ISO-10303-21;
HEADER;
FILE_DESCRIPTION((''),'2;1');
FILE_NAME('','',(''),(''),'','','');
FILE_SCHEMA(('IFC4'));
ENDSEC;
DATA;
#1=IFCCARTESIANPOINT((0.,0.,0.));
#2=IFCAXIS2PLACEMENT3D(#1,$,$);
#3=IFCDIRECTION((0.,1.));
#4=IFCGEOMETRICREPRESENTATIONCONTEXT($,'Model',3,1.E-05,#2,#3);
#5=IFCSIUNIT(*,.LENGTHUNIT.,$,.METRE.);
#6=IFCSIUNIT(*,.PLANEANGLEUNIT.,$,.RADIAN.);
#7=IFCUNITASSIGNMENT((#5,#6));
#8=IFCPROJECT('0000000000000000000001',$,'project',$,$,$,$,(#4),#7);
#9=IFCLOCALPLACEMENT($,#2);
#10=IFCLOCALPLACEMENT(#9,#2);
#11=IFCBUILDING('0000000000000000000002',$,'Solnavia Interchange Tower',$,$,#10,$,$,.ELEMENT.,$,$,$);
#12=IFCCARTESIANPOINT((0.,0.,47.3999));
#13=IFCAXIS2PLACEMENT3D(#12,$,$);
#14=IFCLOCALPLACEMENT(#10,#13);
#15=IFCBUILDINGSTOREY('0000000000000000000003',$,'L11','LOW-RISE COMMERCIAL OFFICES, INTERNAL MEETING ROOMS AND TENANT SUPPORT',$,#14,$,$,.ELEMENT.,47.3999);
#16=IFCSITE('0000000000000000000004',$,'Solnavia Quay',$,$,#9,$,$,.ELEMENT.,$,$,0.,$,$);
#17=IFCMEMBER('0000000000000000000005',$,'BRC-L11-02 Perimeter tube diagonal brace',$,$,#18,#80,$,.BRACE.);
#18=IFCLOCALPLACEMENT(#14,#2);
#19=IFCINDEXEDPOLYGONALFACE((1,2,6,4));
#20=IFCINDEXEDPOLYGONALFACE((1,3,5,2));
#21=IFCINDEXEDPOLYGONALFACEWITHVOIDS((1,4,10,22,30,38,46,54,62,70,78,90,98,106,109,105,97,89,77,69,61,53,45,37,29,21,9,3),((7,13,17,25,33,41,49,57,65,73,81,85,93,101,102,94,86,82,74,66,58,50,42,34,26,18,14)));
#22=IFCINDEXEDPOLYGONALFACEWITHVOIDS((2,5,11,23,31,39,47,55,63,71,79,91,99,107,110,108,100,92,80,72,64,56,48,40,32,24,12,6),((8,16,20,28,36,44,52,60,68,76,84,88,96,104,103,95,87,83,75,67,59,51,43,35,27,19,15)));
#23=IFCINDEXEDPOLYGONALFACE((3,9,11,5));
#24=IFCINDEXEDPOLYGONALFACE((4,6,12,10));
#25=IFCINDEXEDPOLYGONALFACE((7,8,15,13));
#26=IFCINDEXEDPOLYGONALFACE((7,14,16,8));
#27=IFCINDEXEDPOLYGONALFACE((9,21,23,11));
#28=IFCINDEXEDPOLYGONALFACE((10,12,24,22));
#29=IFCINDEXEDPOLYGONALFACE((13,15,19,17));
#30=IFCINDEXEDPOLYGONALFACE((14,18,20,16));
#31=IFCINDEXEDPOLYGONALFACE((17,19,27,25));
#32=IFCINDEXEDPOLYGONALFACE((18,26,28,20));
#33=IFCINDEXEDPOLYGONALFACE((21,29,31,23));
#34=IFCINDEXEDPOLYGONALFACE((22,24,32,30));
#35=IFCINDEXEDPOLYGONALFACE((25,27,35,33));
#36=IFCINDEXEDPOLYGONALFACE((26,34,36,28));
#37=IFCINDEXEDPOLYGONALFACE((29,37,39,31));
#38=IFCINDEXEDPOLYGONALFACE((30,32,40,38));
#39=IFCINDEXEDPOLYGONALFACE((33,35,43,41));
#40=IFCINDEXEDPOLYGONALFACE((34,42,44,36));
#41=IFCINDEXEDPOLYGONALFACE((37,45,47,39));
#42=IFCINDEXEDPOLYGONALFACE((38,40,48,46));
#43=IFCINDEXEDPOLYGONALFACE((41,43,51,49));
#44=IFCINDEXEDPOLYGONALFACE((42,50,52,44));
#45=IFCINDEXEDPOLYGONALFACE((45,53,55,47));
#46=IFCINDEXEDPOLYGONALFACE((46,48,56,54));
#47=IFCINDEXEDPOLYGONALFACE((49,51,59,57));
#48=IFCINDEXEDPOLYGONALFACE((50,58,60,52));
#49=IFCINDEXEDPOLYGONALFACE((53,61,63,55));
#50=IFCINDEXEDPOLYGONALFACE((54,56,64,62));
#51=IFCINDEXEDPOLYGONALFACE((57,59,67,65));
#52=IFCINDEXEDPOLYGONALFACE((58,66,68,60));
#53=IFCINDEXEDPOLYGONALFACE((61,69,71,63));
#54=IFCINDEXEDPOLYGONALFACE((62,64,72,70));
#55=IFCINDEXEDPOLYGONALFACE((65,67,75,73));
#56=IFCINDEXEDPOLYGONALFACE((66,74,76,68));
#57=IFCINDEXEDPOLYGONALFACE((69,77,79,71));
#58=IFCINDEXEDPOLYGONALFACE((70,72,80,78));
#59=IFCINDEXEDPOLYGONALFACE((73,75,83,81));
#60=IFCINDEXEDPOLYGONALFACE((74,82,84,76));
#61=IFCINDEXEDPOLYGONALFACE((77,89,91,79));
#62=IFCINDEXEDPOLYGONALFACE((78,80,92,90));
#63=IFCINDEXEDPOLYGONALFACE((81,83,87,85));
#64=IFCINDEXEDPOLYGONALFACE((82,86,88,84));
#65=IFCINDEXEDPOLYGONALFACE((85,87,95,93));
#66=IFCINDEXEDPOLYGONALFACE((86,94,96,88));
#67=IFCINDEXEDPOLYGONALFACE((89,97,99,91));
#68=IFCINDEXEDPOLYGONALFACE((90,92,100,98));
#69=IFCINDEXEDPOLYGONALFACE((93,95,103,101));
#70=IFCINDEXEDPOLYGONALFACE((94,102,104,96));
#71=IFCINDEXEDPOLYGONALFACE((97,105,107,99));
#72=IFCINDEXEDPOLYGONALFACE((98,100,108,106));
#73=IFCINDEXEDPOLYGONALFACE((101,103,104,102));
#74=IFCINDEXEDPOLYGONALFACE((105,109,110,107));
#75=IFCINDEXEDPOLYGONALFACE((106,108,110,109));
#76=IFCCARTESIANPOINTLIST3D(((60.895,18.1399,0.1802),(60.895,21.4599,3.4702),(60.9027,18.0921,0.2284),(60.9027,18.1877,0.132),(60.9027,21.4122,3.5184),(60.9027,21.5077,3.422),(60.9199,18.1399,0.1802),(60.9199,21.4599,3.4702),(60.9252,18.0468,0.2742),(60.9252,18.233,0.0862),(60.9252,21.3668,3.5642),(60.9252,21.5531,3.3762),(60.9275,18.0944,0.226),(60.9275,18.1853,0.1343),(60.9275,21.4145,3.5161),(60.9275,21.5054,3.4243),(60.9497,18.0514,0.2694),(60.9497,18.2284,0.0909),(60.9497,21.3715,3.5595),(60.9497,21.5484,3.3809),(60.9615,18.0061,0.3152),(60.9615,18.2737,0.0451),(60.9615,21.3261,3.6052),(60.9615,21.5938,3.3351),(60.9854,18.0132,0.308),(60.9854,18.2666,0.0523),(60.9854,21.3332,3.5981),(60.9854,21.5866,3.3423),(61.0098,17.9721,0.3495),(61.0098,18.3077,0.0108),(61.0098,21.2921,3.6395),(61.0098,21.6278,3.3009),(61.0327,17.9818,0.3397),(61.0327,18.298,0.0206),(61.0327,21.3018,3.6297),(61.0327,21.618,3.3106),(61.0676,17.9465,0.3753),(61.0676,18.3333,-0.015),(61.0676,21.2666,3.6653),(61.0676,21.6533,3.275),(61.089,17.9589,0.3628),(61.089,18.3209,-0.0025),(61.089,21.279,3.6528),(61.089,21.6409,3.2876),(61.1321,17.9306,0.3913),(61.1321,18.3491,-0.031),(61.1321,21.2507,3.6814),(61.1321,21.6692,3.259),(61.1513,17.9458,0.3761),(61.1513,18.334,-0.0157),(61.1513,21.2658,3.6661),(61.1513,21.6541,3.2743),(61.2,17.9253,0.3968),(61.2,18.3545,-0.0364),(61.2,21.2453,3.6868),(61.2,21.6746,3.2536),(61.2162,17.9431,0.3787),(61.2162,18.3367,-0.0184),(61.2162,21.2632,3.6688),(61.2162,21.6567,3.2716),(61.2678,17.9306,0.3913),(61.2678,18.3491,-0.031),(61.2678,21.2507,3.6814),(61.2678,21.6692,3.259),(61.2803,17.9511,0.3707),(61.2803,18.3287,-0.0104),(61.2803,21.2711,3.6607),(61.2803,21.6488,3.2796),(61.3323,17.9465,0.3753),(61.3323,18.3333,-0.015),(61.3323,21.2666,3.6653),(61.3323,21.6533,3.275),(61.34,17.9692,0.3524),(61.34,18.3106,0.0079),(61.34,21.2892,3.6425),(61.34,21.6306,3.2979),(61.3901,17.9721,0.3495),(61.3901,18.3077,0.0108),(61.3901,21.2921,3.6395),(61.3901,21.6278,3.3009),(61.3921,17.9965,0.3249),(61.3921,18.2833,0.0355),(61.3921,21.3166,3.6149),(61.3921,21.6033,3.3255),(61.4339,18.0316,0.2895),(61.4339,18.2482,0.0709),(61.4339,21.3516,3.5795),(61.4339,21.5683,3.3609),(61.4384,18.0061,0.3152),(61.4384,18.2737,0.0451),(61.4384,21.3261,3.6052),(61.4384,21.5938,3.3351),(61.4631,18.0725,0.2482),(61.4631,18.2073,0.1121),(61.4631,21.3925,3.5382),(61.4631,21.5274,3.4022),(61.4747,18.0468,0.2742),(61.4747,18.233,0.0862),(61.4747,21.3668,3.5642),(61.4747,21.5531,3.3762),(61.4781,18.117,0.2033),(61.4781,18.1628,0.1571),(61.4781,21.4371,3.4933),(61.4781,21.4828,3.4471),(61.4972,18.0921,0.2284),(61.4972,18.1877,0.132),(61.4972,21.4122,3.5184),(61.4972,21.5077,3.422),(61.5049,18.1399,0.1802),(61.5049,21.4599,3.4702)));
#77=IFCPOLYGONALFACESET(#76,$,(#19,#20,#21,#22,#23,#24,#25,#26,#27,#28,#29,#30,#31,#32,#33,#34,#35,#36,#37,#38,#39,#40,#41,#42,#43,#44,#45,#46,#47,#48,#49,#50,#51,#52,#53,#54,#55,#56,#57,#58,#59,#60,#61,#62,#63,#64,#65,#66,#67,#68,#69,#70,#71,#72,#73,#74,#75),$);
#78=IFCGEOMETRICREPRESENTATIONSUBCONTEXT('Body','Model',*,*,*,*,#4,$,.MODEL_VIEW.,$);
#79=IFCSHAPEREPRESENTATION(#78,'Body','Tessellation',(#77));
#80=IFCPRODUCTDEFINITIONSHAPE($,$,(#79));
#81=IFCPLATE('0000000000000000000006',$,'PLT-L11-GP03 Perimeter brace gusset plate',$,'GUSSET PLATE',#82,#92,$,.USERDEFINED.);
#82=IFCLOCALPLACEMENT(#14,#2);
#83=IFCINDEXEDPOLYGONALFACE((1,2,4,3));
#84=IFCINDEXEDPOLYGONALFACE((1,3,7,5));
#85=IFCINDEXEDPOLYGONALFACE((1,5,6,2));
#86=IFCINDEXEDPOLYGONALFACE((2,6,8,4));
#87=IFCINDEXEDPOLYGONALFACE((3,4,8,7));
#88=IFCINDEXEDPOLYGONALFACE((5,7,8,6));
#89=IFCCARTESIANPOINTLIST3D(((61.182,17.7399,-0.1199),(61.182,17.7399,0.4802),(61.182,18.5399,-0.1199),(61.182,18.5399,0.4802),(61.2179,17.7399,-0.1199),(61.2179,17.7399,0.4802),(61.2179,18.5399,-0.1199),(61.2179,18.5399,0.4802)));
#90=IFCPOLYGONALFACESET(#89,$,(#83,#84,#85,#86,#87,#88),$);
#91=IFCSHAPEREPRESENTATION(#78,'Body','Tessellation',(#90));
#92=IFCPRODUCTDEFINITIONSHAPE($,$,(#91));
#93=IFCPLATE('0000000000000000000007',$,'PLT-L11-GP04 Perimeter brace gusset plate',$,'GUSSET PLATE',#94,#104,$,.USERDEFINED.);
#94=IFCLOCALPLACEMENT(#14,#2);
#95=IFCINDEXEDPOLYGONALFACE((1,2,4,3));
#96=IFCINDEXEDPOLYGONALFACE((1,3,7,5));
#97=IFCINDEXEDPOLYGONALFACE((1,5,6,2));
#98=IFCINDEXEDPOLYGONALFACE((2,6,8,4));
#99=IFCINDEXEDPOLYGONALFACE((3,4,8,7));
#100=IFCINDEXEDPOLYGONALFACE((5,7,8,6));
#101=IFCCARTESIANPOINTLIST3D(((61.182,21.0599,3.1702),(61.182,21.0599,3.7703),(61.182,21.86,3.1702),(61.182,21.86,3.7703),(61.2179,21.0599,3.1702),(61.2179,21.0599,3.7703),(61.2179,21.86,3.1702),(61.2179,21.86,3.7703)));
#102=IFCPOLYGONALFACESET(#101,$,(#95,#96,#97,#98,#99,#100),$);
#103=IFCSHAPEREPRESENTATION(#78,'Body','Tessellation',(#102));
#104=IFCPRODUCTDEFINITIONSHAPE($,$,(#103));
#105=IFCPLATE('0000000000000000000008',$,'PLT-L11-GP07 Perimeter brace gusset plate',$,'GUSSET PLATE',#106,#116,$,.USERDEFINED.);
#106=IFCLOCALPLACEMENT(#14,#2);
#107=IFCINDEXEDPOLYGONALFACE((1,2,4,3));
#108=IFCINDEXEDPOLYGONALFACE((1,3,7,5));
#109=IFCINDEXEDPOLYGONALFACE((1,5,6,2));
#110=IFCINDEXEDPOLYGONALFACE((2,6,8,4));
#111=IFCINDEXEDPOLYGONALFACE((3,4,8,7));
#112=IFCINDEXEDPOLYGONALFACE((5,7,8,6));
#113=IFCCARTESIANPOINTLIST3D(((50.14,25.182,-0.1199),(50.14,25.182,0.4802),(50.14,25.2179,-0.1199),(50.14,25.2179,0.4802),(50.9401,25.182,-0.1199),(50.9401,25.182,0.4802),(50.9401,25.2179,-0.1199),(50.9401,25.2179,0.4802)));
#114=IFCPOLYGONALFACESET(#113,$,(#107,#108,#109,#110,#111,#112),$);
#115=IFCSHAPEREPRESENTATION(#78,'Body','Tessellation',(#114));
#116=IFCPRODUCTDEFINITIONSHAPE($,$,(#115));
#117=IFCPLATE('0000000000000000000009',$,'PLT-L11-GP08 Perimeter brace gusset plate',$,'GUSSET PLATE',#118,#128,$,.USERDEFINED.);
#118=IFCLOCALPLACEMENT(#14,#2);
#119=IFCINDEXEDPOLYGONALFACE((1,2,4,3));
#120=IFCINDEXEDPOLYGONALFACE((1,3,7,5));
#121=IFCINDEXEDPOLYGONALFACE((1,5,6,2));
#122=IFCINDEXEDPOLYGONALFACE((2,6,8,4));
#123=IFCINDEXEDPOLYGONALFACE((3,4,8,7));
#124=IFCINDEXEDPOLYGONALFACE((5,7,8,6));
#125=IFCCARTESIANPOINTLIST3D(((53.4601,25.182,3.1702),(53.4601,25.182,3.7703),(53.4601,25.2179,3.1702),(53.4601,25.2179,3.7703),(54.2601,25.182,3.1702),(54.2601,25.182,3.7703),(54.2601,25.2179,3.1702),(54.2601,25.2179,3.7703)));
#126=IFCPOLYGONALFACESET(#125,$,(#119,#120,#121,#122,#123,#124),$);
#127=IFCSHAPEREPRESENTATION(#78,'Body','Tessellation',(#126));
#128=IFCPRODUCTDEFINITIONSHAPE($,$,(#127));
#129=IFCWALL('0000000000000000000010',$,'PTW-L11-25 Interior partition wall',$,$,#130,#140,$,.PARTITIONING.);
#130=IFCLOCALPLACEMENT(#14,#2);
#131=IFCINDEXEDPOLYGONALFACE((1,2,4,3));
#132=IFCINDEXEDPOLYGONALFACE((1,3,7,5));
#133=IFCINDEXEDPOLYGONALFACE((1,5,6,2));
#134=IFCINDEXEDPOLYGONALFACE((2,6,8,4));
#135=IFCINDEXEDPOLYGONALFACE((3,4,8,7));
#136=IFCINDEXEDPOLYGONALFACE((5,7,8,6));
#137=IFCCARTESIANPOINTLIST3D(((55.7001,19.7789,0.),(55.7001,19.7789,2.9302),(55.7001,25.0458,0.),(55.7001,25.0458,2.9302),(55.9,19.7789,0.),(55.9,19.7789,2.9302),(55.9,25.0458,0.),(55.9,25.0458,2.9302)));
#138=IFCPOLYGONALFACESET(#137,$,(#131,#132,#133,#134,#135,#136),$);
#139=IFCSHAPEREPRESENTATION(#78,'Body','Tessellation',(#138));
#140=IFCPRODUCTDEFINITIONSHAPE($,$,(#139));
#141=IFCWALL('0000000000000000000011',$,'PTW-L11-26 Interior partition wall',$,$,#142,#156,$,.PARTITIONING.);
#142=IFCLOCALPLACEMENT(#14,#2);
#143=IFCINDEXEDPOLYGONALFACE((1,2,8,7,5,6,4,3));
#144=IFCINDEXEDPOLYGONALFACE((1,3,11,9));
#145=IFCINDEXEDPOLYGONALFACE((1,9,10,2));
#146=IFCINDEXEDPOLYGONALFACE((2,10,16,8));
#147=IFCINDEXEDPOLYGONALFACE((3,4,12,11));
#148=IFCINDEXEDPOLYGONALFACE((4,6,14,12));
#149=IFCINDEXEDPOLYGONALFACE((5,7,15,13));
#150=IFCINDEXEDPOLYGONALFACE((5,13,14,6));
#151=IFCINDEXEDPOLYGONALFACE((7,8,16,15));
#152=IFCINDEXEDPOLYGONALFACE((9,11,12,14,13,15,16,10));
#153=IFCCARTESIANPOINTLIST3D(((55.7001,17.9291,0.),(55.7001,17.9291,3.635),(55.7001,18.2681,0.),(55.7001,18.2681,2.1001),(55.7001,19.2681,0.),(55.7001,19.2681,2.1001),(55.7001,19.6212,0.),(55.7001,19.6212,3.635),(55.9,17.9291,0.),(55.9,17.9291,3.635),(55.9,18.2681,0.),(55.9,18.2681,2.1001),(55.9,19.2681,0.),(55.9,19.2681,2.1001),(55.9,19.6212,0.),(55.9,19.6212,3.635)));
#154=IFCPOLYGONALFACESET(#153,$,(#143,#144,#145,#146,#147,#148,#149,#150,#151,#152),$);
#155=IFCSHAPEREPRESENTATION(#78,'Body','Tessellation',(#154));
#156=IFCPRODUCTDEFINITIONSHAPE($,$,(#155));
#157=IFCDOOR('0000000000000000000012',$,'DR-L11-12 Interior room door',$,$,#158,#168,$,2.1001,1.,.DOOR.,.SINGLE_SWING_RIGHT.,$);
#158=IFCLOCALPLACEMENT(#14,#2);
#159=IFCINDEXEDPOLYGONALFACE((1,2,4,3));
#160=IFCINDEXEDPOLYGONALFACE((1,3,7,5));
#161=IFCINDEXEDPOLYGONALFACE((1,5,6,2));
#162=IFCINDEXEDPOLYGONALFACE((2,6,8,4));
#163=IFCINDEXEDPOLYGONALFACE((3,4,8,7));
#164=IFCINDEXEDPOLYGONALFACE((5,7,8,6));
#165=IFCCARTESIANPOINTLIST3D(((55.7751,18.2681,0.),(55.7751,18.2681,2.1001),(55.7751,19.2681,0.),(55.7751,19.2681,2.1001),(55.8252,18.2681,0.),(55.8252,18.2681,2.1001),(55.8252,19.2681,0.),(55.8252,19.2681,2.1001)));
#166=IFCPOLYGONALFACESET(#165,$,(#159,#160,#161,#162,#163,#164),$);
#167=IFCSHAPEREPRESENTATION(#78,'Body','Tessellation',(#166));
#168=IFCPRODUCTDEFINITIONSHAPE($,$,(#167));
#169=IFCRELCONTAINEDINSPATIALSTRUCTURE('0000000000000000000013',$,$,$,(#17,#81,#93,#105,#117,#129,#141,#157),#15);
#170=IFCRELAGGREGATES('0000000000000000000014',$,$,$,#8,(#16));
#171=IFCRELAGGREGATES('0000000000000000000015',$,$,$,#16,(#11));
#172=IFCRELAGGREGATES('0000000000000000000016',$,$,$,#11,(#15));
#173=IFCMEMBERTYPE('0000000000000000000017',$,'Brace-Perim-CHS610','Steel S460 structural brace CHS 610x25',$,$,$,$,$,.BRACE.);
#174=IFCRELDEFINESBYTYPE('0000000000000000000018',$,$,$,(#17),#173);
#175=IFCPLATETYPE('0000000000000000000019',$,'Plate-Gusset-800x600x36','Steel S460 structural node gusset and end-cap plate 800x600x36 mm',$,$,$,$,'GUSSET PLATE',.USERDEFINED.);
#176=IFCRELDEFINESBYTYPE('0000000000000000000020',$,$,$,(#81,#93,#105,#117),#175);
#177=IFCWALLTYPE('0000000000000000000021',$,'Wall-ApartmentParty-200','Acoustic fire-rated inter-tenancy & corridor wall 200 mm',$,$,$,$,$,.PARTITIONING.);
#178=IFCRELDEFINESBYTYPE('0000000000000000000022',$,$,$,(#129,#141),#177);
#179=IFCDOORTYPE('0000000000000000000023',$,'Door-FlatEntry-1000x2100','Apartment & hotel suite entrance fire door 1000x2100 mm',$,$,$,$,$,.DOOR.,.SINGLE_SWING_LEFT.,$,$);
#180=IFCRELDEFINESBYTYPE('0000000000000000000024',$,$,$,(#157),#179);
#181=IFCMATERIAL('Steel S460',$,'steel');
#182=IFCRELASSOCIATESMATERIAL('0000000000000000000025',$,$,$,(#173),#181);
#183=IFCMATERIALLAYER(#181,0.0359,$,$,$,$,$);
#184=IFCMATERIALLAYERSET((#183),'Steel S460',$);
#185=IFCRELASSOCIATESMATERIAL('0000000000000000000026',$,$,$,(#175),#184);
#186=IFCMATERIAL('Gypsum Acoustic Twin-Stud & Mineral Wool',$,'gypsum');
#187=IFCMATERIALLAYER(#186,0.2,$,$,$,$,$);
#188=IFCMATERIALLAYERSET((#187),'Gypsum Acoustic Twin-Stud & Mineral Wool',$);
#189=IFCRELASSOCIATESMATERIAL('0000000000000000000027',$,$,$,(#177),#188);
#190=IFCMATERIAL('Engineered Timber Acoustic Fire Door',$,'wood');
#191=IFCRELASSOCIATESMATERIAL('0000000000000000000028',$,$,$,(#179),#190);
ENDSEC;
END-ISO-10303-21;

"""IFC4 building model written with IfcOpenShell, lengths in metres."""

from ifc_helpers import new_model, si_unit, direction, frame, frame_2d, origin, origin_2d, place, context, subcontext, project, spatial, rectangle, hollow_circle, extrude, material, layer, layer_set, material_profile, profile_set, type_object, element, fill, save


model = new_model("IFC4")

# Units and contexts
model_context = context("Model", 3, precision=1e-05, world=origin(), true_north=direction((0.0, 1.0)))
body_context = subcontext(model_context, "Body", "Model", "MODEL_VIEW")
ifc_project = project(units=[si_unit("LENGTHUNIT", "METRE"), si_unit("PLANEANGLEUNIT", "RADIAN")], contexts=[model_context])

# Site, building, storey
site_placement = place(None, origin())
site = spatial("IfcSite", under=ifc_project, at=site_placement, Name="Solnavia Quay", CompositionType="ELEMENT", RefElevation=0.0)
building_placement = place(site_placement, origin())
building = spatial("IfcBuilding", under=site, at=building_placement, Name="Solnavia Interchange Tower", CompositionType="ELEMENT")
storey_placement = place(building_placement, frame((0.0, 0.0, 47.3999)))
storey = spatial("IfcBuildingStorey", under=building, at=storey_placement, Name="L11", Description="LOW-RISE COMMERCIAL OFFICES, INTERNAL MEETING ROOMS AND TENANT SUPPORT", CompositionType="ELEMENT", Elevation=47.3999)

# Member
ifc_material_1 = material(Name="Steel S460", Category="steel")
ifc_material_profile_1 = material_profile(ifc_material_1, hollow_circle(Radius=0.3049, WallThickness=0.0249, at=origin_2d()), Name="CHS 610x25")
ifc_profile_set_1 = profile_set([ifc_material_profile_1], Name="Steel S460")
member_type = type_object("IfcMemberType", Name="Brace-Perim-CHS610", Description="Steel S460 structural brace CHS 610x25", PredefinedType="BRACE", material=ifc_profile_set_1)
member_placement = place(storey_placement, frame((61.2, 18.1399, 0.1802), z_axis=(0.0, 0.710312, 0.703887), x_axis=(-1.0, 0.0, 0.0)))
element("IfcMember", 1, at=member_placement, inside=storey, type_object=member_type, Name="BRC-L11-02 Perimeter tube diagonal brace", PredefinedType="BRACE", context=body_context, shape_type="SweptSolid", body=[
    extrude(hollow_circle(Radius=0.3049, WallThickness=0.0249, at=origin_2d()), origin(), (0.0, 0.0, 1.0), 4.6741),
])

# Plates
ifc_layer_1 = layer(ifc_material_1, 0.0359)
ifc_layer_set_1 = layer_set([ifc_layer_1], Name="Steel S460")
plate_type = type_object("IfcPlateType", Name="Plate-Gusset-800x600x36", Description="Steel S460 structural node gusset and end-cap plate 800x600x36 mm", ElementType="GUSSET PLATE", PredefinedType="USERDEFINED", material=ifc_layer_set_1)
for number, where, z_axis, x_axis, name in (
    (2, (61.2, 18.1399, -0.1199), (0.0, 0.0, 1.0), (0.0, 1.0, 0.0), "PLT-L11-GP03 Perimeter brace gusset plate"),
    (3, (61.2, 21.46, 3.1702), (0.0, 0.0, 1.0), (0.0, 1.0, 0.0), "PLT-L11-GP04 Perimeter brace gusset plate"),
    (4, (50.54, 25.2, -0.1199), (0.0, 0.0, 1.0), (1.0, 0.0, 0.0), "PLT-L11-GP07 Perimeter brace gusset plate"),
    (5, (53.8601, 25.2, 3.1702), (0.0, 0.0, 1.0), (1.0, 0.0, 0.0), "PLT-L11-GP08 Perimeter brace gusset plate"),
):
    element("IfcPlate", number, at=place(storey_placement, frame(where, z_axis=z_axis, x_axis=x_axis)), inside=storey, type_object=plate_type, Name=name, ObjectType="GUSSET PLATE", PredefinedType="USERDEFINED", context=body_context, shape_type="SweptSolid", body=[
        extrude(rectangle(XDim=0.8, YDim=0.0359, at=origin_2d()), origin(), (0.0, 0.0, 1.0), 0.6001),
    ])

# Wall
ifc_material_2 = material(Name="Gypsum Acoustic Twin-Stud & Mineral Wool", Category="gypsum")
ifc_layer_2 = layer(ifc_material_2, 0.2)
ifc_layer_set_2 = layer_set([ifc_layer_2], Name="Gypsum Acoustic Twin-Stud & Mineral Wool")
wall_type_1 = type_object("IfcWallType", Name="Wall-ApartmentParty-200", Description="Acoustic fire-rated inter-tenancy & corridor wall 200 mm", PredefinedType="PARTITIONING", material=ifc_layer_set_2)
wall_1_placement = place(storey_placement, frame((55.8, 19.7791, 0.0), z_axis=(0.0, 0.0, 1.0), x_axis=(0.0, 1.0, 0.0)))
element("IfcWall", 6, at=wall_1_placement, inside=storey, type_object=wall_type_1, Name="PTW-L11-25 Interior partition wall", PredefinedType="PARTITIONING", context=body_context, shape_type="SweptSolid", body=[
    extrude(rectangle(XDim=5.2668, YDim=0.2, at=frame_2d((2.6333, 0.0))), origin(), (0.0, 0.0, 1.0), 2.9302),
])

# Wall, opening, door
wall_2_placement = place(storey_placement, frame((55.8, 17.929, 0.0), z_axis=(0.0, 0.0, 1.0), x_axis=(0.0, 1.0, 0.0)))
wall_2 = element("IfcWall", 7, at=wall_2_placement, inside=storey, type_object=wall_type_1, Name="PTW-L11-26 Interior partition wall", PredefinedType="PARTITIONING", context=body_context, shape_type="SweptSolid", body=[
    extrude(rectangle(XDim=1.6921, YDim=0.2, at=frame_2d((0.8462, 0.0))), origin(), (0.0, 0.0, 1.0), 3.635),
])
opening_1_placement = place(wall_2_placement, frame((0.3391, 0.0, 0.0)))
opening_1 = element("IfcOpeningElement", 8, at=opening_1_placement, cuts=wall_2, PredefinedType="OPENING", context=body_context, shape_type="SweptSolid", body=[
    extrude(rectangle(XDim=1.0, YDim=2.1001, at=frame_2d((0.5, 1.05))), frame((0.0, 0.1099, 0.0), z_axis=(0.0, -1.0, 0.0), x_axis=(1.0, 0.0, 0.0)), (0.0, 0.0, 1.0), 0.22),
])
ifc_material_3 = material(Name="Engineered Timber Acoustic Fire Door", Category="wood")
door_type = type_object("IfcDoorType", Name="Door-FlatEntry-1000x2100", Description="Apartment & hotel suite entrance fire door 1000x2100 mm", OperationType="SINGLE_SWING_LEFT", PredefinedType="DOOR", material=ifc_material_3)
door_placement = place(opening_1_placement, origin())
door = element("IfcDoor", 9, at=door_placement, inside=storey, type_object=door_type, Name="DR-L11-12 Interior room door", OperationType="SINGLE_SWING_RIGHT", OverallHeight=2.1001, OverallWidth=1.0, PredefinedType="DOOR", context=body_context, shape_type="SweptSolid", body=[
    extrude(rectangle(XDim=1.0, YDim=2.1001, at=frame_2d((0.5, 1.05))), frame((0.0, 0.0249, 0.0), z_axis=(0.0, -1.0, 0.0), x_axis=(1.0, 0.0, 0.0)), (0.0, 0.0, 1.0), 0.05),
])
fill(opening_1, door)

save(model, "model.ifc")
